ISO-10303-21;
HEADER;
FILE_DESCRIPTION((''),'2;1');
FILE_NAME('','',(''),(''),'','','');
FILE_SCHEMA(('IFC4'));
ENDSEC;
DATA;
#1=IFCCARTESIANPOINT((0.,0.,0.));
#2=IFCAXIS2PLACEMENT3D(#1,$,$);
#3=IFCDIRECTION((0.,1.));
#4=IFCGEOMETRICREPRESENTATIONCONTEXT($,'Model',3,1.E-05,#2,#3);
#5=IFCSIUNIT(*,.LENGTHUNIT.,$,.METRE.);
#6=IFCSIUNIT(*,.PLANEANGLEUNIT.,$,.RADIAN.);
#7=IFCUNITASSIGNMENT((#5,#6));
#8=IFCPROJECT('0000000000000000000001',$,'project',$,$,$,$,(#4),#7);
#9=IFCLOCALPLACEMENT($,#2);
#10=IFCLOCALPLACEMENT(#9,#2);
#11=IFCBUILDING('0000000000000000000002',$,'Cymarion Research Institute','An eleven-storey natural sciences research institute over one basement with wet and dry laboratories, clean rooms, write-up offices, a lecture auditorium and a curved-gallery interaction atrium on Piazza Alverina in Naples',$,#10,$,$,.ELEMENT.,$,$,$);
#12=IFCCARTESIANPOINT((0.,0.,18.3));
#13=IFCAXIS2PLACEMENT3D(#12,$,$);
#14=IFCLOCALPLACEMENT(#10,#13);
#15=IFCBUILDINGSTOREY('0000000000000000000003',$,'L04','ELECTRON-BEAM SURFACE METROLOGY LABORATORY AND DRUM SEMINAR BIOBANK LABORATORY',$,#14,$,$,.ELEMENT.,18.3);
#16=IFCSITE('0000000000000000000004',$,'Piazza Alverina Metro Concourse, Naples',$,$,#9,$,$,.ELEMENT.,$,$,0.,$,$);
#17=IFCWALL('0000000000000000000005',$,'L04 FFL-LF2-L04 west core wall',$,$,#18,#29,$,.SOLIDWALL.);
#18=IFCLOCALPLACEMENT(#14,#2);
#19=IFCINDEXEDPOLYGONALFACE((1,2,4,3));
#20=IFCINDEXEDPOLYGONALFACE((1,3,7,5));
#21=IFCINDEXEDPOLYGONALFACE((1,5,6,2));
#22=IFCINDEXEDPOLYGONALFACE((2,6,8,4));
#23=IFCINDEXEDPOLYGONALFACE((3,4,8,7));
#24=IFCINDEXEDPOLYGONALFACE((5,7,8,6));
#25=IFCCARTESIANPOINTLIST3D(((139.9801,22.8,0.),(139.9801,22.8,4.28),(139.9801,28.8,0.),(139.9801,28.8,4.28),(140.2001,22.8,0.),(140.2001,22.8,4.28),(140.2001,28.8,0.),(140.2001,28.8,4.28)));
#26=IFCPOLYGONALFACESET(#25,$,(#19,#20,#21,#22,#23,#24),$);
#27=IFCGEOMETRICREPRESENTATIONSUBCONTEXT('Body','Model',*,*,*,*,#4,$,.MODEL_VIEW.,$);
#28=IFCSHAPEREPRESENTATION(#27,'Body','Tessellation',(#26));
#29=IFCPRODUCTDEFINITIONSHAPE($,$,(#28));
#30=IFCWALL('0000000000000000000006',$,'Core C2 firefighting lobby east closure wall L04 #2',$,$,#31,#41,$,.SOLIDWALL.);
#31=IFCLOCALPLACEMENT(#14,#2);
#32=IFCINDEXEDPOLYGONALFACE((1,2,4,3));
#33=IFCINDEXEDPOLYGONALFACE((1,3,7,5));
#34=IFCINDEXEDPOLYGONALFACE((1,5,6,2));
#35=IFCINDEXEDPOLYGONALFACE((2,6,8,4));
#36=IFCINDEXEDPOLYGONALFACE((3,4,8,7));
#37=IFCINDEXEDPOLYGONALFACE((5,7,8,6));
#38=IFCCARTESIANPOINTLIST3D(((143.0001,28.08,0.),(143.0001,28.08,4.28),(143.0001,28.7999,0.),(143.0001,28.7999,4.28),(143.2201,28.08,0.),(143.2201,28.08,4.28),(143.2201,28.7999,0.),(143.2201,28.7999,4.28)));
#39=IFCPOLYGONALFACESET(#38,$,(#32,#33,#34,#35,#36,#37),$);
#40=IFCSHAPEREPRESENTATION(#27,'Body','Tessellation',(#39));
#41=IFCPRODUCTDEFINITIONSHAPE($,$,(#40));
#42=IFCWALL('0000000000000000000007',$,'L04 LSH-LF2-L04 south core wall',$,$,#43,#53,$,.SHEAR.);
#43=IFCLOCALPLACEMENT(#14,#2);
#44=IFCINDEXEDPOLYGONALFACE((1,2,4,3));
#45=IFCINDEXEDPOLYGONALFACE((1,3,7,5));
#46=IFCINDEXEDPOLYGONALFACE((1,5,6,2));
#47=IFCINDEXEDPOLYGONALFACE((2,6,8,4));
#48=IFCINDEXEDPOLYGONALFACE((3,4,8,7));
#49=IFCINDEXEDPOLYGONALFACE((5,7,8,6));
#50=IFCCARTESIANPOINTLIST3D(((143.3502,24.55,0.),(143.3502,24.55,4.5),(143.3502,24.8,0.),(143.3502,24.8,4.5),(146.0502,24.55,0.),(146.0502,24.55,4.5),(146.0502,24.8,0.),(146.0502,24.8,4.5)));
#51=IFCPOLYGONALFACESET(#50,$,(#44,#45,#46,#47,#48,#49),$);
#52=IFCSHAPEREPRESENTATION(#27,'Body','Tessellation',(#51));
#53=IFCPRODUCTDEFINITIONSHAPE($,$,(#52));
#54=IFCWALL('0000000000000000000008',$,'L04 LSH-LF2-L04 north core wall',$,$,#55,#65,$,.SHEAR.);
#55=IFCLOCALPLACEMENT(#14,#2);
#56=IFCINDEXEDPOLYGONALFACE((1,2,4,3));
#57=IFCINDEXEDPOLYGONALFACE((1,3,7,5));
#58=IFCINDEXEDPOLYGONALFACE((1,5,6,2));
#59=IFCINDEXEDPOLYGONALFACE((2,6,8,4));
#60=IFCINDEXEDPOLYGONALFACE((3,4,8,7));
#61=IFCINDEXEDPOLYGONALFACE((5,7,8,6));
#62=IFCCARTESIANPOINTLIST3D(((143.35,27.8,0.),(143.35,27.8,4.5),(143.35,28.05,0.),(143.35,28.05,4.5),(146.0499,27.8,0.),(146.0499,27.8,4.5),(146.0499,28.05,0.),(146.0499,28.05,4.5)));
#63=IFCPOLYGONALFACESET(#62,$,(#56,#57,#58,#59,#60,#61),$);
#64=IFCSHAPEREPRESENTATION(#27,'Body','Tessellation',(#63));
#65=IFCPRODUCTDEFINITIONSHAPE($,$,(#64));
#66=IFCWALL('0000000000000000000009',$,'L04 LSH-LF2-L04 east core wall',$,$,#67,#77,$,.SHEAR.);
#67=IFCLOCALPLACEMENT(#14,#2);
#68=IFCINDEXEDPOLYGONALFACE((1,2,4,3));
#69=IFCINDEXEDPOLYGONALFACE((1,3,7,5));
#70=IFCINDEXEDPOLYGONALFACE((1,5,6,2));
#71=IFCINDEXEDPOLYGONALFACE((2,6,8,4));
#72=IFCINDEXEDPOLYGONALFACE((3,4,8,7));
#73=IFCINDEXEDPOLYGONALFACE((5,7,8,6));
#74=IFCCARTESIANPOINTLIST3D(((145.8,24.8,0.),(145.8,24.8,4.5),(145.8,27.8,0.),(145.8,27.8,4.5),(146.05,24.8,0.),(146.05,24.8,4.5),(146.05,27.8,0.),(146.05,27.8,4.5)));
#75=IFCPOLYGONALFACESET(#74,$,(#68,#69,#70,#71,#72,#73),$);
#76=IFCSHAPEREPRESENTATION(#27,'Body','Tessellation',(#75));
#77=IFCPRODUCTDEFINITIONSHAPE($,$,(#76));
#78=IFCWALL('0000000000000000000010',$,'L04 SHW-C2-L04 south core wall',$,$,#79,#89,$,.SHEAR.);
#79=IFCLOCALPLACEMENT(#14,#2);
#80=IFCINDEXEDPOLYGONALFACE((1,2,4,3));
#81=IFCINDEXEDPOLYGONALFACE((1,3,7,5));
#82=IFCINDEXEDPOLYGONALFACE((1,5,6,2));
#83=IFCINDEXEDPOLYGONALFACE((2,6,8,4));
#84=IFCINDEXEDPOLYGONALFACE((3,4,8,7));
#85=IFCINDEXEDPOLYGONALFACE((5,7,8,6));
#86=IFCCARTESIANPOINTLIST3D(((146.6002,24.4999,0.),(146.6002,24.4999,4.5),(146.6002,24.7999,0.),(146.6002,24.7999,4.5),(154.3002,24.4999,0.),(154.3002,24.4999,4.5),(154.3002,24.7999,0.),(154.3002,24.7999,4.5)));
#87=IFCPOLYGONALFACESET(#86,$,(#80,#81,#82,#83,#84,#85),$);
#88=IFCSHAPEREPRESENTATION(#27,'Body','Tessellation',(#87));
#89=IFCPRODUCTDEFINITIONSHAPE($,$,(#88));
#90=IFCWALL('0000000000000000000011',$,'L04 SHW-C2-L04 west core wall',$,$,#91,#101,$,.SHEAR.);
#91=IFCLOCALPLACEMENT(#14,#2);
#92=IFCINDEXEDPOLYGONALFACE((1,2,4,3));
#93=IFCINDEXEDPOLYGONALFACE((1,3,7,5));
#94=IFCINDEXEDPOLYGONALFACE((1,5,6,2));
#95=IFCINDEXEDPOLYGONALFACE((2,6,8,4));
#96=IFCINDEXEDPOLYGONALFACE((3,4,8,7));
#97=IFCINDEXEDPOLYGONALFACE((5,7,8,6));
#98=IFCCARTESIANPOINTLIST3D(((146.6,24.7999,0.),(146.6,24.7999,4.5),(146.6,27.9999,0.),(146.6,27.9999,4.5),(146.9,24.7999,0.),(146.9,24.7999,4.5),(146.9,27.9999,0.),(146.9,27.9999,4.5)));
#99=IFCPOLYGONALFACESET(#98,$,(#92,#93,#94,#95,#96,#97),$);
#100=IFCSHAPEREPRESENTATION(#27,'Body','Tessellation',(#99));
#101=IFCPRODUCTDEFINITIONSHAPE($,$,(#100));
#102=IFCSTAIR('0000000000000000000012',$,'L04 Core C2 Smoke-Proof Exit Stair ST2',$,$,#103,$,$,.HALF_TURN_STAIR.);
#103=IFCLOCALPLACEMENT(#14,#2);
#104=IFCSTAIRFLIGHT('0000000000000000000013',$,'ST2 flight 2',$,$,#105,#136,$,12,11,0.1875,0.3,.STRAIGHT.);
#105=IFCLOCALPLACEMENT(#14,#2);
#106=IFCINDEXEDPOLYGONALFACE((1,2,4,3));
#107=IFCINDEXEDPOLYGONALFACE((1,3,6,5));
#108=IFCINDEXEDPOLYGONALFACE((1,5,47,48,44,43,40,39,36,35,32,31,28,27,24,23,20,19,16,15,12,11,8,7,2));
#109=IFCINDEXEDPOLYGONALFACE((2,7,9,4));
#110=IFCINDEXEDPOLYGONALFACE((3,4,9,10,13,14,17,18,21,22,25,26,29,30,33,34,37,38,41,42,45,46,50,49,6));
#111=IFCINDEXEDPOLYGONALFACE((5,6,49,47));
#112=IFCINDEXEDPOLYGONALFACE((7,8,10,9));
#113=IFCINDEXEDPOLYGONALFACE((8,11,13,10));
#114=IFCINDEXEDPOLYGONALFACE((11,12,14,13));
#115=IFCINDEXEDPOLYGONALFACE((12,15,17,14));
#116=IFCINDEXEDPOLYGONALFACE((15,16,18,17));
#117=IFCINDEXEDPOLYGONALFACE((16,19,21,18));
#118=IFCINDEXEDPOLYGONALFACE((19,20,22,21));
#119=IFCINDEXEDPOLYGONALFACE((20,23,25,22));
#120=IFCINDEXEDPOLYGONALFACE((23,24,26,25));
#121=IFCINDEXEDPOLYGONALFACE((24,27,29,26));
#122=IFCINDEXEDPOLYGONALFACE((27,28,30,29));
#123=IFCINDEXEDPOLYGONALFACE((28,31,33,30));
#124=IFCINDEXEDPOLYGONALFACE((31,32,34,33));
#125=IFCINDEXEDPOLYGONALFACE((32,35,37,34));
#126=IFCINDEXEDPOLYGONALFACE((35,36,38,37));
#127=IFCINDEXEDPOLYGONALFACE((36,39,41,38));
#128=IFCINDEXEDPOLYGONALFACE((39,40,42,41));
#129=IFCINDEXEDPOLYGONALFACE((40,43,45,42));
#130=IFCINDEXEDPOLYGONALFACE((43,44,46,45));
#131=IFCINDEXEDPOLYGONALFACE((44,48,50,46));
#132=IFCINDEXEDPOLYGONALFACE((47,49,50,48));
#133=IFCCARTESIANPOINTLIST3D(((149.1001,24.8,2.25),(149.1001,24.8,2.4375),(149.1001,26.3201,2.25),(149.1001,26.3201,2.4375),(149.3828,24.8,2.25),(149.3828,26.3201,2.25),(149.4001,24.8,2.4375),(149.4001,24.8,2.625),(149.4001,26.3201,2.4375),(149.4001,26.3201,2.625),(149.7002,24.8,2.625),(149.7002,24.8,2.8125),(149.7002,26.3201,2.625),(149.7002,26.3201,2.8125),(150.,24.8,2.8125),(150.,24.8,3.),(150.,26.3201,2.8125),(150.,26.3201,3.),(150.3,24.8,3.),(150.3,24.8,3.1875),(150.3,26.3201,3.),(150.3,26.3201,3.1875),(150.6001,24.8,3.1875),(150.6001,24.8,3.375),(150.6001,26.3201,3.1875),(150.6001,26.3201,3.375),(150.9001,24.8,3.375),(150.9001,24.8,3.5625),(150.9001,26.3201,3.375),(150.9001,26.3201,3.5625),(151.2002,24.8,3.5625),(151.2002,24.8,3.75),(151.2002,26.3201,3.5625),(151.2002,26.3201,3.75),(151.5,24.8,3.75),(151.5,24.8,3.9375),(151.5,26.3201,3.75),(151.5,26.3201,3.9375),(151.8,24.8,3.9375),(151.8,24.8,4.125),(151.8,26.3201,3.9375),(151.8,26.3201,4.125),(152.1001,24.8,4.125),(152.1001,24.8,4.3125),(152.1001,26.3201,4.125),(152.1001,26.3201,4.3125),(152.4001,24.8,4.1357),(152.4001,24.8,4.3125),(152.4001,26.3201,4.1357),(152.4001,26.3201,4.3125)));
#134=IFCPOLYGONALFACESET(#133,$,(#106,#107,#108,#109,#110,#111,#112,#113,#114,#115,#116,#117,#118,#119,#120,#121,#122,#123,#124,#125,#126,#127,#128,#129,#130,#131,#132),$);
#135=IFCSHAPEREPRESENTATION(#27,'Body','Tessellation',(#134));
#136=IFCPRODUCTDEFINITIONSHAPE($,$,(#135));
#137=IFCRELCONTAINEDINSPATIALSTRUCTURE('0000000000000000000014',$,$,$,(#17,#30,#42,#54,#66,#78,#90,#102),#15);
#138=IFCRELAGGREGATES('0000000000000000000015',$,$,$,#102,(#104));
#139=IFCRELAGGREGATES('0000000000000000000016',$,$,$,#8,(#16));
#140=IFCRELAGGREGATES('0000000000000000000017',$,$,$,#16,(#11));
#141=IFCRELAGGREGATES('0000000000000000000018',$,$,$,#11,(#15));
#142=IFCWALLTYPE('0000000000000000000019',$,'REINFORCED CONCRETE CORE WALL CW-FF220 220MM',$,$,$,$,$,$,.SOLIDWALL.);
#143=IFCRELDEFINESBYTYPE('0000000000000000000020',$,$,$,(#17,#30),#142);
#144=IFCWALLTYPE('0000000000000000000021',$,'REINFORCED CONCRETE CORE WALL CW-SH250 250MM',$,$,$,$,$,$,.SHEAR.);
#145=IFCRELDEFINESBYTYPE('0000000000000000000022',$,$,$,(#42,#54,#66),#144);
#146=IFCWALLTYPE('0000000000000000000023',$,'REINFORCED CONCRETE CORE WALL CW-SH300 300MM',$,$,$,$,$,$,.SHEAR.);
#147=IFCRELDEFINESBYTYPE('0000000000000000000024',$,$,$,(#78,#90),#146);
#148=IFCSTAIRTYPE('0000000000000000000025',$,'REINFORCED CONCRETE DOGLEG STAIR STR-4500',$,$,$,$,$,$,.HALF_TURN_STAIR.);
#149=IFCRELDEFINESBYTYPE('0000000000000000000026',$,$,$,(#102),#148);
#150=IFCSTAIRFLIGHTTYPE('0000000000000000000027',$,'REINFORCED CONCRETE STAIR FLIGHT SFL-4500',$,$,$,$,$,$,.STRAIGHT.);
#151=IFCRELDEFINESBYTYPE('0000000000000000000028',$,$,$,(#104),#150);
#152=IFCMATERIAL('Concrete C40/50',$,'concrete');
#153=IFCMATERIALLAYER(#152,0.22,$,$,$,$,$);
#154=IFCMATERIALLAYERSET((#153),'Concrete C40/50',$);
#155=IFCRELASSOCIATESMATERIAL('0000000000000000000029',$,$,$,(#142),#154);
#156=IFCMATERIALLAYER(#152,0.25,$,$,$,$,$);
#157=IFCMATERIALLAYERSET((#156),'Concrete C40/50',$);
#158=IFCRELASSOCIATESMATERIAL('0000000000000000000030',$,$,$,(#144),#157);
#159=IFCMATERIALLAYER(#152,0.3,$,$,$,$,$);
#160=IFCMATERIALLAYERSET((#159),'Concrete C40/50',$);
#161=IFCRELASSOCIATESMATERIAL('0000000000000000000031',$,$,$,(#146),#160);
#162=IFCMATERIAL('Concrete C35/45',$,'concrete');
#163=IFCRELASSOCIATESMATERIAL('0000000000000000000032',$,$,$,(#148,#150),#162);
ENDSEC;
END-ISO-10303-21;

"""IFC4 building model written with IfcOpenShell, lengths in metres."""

from ifc_helpers import new_model, si_unit, direction, frame, frame_2d, origin, place, context, subcontext, project, spatial, polyline, rectangle, outline, extrude, material, layer, layer_set, type_object, element, aggregate, save


model = new_model("IFC4")

# Units and contexts
model_context = context("Model", 3, precision=1e-05, world=origin(), true_north=direction((0.0, 1.0)))
body_context = subcontext(model_context, "Body", "Model", "MODEL_VIEW")
ifc_project = project(units=[si_unit("LENGTHUNIT", "METRE"), si_unit("PLANEANGLEUNIT", "RADIAN")], contexts=[model_context])

# Site, building, storey
site_placement = place(None, origin())
site = spatial("IfcSite", under=ifc_project, at=site_placement, Name="Piazza Alverina Metro Concourse, Naples", CompositionType="ELEMENT", RefElevation=0.0)
building_placement = place(site_placement, origin())
building = spatial("IfcBuilding", under=site, at=building_placement, Name="Cymarion Research Institute", Description="An eleven-storey natural sciences research institute over one basement with wet and dry laboratories, clean rooms, write-up offices, a lecture auditorium and a curved-gallery interaction atrium on Piazza Alverina in Naples", CompositionType="ELEMENT")
storey_placement = place(building_placement, frame((0.0, 0.0, 18.3)))
storey = spatial("IfcBuildingStorey", under=building, at=storey_placement, Name="L04", Description="ELECTRON-BEAM SURFACE METROLOGY LABORATORY AND DRUM SEMINAR BIOBANK LABORATORY", CompositionType="ELEMENT", Elevation=18.3)

# Shared definitions
ifc_material_1 = material(Name="Concrete C40/50", Category="concrete")

# Walls
ifc_layer_1 = layer(ifc_material_1, 0.22)
ifc_layer_set_1 = layer_set([ifc_layer_1], Name="Concrete C40/50")
wall_type_1 = type_object("IfcWallType", Name="REINFORCED CONCRETE CORE WALL CW-FF220 220MM", PredefinedType="SOLIDWALL", material=ifc_layer_set_1)
wall_1_placement = place(storey_placement, frame((140.0901, 28.8, 0.0), z_axis=(0.0, 0.0, 1.0), x_axis=(0.0, -1.0, 0.0)))
element("IfcWall", 1, at=wall_1_placement, inside=storey, type_object=wall_type_1, Name="L04 FFL-LF2-L04 west core wall", PredefinedType="SOLIDWALL", context=body_context, shape_type="SweptSolid", body=[
    extrude(rectangle(XDim=6.0, YDim=0.22, at=frame_2d((3.0, 0.0))), origin(), (0.0, 0.0, 1.0), 4.28),
])
wall_2_placement = place(storey_placement, frame((143.1101, 28.0801, 0.0), z_axis=(0.0, 0.0, 1.0), x_axis=(0.0, 1.0, 0.0)))
element("IfcWall", 2, at=wall_2_placement, inside=storey, type_object=wall_type_1, Name="Core C2 firefighting lobby east closure wall L04 #2", PredefinedType="SOLIDWALL", context=body_context, shape_type="SweptSolid", body=[
    extrude(rectangle(XDim=0.72, YDim=0.22, at=frame_2d((0.3599, 0.0))), origin(), (0.0, 0.0, 1.0), 4.28),
])
ifc_layer_2 = layer(ifc_material_1, 0.25)
ifc_layer_set_2 = layer_set([ifc_layer_2], Name="Concrete C40/50")
wall_type_2 = type_object("IfcWallType", Name="REINFORCED CONCRETE CORE WALL CW-SH250 250MM", PredefinedType="SHEAR", material=ifc_layer_set_2)
for number, where, z_axis, x_axis, name in (
    (3, (143.3501, 24.675, 0.0), (0.0, 0.0, 1.0), (1.0, 0.0, 0.0), "L04 LSH-LF2-L04 south core wall"),
    (4, (146.05, 27.925, 0.0), (0.0, 0.0, 1.0), (-1.0, 0.0, 0.0), "L04 LSH-LF2-L04 north core wall"),
):
    element("IfcWall", number, at=place(storey_placement, frame(where, z_axis=z_axis, x_axis=x_axis)), inside=storey, type_object=wall_type_2, Name=name, PredefinedType="SHEAR", context=body_context, shape_type="SweptSolid", body=[
        extrude(rectangle(XDim=2.7, YDim=0.25, at=frame_2d((1.3501, 0.0))), origin(), (0.0, 0.0, 1.0), 4.5),
    ])

# Walls
wall_3_placement = place(storey_placement, frame((145.925, 24.8, 0.0), z_axis=(0.0, 0.0, 1.0), x_axis=(0.0, 1.0, 0.0)))
element("IfcWall", 5, at=wall_3_placement, inside=storey, type_object=wall_type_2, Name="L04 LSH-LF2-L04 east core wall", PredefinedType="SHEAR", context=body_context, shape_type="SweptSolid", body=[
    extrude(rectangle(XDim=3.0, YDim=0.25, at=frame_2d((1.5, 0.0))), origin(), (0.0, 0.0, 1.0), 4.5),
])
ifc_layer_3 = layer(ifc_material_1, 0.3)
ifc_layer_set_3 = layer_set([ifc_layer_3], Name="Concrete C40/50")
wall_type_3 = type_object("IfcWallType", Name="REINFORCED CONCRETE CORE WALL CW-SH300 300MM", PredefinedType="SHEAR", material=ifc_layer_set_3)
wall_4_placement = place(storey_placement, frame((146.6001, 24.6499, 0.0), z_axis=(0.0, 0.0, 1.0), x_axis=(1.0, 0.0, 0.0)))
element("IfcWall", 6, at=wall_4_placement, inside=storey, type_object=wall_type_3, Name="L04 SHW-C2-L04 south core wall", PredefinedType="SHEAR", context=body_context, shape_type="SweptSolid", body=[
    extrude(rectangle(XDim=7.7, YDim=0.3, at=frame_2d((3.8501, 0.0))), origin(), (0.0, 0.0, 1.0), 4.5),
])
wall_5_placement = place(storey_placement, frame((146.75, 28.0, 0.0), z_axis=(0.0, 0.0, 1.0), x_axis=(0.0, -1.0, 0.0)))
element("IfcWall", 7, at=wall_5_placement, inside=storey, type_object=wall_type_3, Name="L04 SHW-C2-L04 west core wall", PredefinedType="SHEAR", context=body_context, shape_type="SweptSolid", body=[
    extrude(rectangle(XDim=3.2, YDim=0.3, at=frame_2d((1.6001, 0.0))), origin(), (0.0, 0.0, 1.0), 4.5),
])

# Stair, stair flight
ifc_material_2 = material(Name="Concrete C35/45", Category="concrete")
stair_type = type_object("IfcStairType", Name="REINFORCED CONCRETE DOGLEG STAIR STR-4500", PredefinedType="HALF_TURN_STAIR", material=ifc_material_2)
stair_placement = place(storey_placement, origin())
stair = element("IfcStair", 8, at=stair_placement, inside=storey, type_object=stair_type, Name="L04 Core C2 Smoke-Proof Exit Stair ST2", PredefinedType="HALF_TURN_STAIR")
stair_flight_type = type_object("IfcStairFlightType", Name="REINFORCED CONCRETE STAIR FLIGHT SFL-4500", PredefinedType="STRAIGHT", material=ifc_material_2)
stair_flight_placement = place(storey_placement, frame((149.1001, 25.5601, 2.25), z_axis=(0.0, 0.0, 1.0), x_axis=(1.0, 0.0, 0.0)))
stair_flight = element("IfcStairFlight", 9, at=stair_flight_placement, type_object=stair_flight_type, Name="ST2 flight 2", NumberOfRisers=12, NumberOfTreads=11, PredefinedType="STRAIGHT", RiserHeight=0.1875, TreadLength=0.3, context=body_context, shape_type="SweptSolid", body=[
    extrude(outline(polyline([(0.0, 0.0), (0.0, 0.1875), (0.3, 0.1875), (0.3, 0.375), (0.6001, 0.375), (0.6001, 0.5625), (0.8999, 0.5625), (0.8999, 0.75), (1.2, 0.75), (1.2, 0.9375), (1.5, 0.9375), (1.5, 1.125), (1.8, 1.125), (1.8, 1.3125), (2.1001, 1.3125), (2.1001, 1.5), (2.3999, 1.5), (2.3999, 1.6875), (2.7, 1.6875), (2.7, 1.875), (3.0, 1.875), (3.0, 2.0625), (3.3, 2.0625), (3.3, 2.25), (3.3, 1.8857), (0.2827, 0.0), (0.0, 0.0)])), frame((0.0, 0.76, 0.0), z_axis=(0.0, -1.0, 0.0), x_axis=(1.0, 0.0, 0.0)), (0.0, 0.0, 1.0), 1.52),
])
aggregate(stair, [stair_flight])

save(model, "model.ifc")
